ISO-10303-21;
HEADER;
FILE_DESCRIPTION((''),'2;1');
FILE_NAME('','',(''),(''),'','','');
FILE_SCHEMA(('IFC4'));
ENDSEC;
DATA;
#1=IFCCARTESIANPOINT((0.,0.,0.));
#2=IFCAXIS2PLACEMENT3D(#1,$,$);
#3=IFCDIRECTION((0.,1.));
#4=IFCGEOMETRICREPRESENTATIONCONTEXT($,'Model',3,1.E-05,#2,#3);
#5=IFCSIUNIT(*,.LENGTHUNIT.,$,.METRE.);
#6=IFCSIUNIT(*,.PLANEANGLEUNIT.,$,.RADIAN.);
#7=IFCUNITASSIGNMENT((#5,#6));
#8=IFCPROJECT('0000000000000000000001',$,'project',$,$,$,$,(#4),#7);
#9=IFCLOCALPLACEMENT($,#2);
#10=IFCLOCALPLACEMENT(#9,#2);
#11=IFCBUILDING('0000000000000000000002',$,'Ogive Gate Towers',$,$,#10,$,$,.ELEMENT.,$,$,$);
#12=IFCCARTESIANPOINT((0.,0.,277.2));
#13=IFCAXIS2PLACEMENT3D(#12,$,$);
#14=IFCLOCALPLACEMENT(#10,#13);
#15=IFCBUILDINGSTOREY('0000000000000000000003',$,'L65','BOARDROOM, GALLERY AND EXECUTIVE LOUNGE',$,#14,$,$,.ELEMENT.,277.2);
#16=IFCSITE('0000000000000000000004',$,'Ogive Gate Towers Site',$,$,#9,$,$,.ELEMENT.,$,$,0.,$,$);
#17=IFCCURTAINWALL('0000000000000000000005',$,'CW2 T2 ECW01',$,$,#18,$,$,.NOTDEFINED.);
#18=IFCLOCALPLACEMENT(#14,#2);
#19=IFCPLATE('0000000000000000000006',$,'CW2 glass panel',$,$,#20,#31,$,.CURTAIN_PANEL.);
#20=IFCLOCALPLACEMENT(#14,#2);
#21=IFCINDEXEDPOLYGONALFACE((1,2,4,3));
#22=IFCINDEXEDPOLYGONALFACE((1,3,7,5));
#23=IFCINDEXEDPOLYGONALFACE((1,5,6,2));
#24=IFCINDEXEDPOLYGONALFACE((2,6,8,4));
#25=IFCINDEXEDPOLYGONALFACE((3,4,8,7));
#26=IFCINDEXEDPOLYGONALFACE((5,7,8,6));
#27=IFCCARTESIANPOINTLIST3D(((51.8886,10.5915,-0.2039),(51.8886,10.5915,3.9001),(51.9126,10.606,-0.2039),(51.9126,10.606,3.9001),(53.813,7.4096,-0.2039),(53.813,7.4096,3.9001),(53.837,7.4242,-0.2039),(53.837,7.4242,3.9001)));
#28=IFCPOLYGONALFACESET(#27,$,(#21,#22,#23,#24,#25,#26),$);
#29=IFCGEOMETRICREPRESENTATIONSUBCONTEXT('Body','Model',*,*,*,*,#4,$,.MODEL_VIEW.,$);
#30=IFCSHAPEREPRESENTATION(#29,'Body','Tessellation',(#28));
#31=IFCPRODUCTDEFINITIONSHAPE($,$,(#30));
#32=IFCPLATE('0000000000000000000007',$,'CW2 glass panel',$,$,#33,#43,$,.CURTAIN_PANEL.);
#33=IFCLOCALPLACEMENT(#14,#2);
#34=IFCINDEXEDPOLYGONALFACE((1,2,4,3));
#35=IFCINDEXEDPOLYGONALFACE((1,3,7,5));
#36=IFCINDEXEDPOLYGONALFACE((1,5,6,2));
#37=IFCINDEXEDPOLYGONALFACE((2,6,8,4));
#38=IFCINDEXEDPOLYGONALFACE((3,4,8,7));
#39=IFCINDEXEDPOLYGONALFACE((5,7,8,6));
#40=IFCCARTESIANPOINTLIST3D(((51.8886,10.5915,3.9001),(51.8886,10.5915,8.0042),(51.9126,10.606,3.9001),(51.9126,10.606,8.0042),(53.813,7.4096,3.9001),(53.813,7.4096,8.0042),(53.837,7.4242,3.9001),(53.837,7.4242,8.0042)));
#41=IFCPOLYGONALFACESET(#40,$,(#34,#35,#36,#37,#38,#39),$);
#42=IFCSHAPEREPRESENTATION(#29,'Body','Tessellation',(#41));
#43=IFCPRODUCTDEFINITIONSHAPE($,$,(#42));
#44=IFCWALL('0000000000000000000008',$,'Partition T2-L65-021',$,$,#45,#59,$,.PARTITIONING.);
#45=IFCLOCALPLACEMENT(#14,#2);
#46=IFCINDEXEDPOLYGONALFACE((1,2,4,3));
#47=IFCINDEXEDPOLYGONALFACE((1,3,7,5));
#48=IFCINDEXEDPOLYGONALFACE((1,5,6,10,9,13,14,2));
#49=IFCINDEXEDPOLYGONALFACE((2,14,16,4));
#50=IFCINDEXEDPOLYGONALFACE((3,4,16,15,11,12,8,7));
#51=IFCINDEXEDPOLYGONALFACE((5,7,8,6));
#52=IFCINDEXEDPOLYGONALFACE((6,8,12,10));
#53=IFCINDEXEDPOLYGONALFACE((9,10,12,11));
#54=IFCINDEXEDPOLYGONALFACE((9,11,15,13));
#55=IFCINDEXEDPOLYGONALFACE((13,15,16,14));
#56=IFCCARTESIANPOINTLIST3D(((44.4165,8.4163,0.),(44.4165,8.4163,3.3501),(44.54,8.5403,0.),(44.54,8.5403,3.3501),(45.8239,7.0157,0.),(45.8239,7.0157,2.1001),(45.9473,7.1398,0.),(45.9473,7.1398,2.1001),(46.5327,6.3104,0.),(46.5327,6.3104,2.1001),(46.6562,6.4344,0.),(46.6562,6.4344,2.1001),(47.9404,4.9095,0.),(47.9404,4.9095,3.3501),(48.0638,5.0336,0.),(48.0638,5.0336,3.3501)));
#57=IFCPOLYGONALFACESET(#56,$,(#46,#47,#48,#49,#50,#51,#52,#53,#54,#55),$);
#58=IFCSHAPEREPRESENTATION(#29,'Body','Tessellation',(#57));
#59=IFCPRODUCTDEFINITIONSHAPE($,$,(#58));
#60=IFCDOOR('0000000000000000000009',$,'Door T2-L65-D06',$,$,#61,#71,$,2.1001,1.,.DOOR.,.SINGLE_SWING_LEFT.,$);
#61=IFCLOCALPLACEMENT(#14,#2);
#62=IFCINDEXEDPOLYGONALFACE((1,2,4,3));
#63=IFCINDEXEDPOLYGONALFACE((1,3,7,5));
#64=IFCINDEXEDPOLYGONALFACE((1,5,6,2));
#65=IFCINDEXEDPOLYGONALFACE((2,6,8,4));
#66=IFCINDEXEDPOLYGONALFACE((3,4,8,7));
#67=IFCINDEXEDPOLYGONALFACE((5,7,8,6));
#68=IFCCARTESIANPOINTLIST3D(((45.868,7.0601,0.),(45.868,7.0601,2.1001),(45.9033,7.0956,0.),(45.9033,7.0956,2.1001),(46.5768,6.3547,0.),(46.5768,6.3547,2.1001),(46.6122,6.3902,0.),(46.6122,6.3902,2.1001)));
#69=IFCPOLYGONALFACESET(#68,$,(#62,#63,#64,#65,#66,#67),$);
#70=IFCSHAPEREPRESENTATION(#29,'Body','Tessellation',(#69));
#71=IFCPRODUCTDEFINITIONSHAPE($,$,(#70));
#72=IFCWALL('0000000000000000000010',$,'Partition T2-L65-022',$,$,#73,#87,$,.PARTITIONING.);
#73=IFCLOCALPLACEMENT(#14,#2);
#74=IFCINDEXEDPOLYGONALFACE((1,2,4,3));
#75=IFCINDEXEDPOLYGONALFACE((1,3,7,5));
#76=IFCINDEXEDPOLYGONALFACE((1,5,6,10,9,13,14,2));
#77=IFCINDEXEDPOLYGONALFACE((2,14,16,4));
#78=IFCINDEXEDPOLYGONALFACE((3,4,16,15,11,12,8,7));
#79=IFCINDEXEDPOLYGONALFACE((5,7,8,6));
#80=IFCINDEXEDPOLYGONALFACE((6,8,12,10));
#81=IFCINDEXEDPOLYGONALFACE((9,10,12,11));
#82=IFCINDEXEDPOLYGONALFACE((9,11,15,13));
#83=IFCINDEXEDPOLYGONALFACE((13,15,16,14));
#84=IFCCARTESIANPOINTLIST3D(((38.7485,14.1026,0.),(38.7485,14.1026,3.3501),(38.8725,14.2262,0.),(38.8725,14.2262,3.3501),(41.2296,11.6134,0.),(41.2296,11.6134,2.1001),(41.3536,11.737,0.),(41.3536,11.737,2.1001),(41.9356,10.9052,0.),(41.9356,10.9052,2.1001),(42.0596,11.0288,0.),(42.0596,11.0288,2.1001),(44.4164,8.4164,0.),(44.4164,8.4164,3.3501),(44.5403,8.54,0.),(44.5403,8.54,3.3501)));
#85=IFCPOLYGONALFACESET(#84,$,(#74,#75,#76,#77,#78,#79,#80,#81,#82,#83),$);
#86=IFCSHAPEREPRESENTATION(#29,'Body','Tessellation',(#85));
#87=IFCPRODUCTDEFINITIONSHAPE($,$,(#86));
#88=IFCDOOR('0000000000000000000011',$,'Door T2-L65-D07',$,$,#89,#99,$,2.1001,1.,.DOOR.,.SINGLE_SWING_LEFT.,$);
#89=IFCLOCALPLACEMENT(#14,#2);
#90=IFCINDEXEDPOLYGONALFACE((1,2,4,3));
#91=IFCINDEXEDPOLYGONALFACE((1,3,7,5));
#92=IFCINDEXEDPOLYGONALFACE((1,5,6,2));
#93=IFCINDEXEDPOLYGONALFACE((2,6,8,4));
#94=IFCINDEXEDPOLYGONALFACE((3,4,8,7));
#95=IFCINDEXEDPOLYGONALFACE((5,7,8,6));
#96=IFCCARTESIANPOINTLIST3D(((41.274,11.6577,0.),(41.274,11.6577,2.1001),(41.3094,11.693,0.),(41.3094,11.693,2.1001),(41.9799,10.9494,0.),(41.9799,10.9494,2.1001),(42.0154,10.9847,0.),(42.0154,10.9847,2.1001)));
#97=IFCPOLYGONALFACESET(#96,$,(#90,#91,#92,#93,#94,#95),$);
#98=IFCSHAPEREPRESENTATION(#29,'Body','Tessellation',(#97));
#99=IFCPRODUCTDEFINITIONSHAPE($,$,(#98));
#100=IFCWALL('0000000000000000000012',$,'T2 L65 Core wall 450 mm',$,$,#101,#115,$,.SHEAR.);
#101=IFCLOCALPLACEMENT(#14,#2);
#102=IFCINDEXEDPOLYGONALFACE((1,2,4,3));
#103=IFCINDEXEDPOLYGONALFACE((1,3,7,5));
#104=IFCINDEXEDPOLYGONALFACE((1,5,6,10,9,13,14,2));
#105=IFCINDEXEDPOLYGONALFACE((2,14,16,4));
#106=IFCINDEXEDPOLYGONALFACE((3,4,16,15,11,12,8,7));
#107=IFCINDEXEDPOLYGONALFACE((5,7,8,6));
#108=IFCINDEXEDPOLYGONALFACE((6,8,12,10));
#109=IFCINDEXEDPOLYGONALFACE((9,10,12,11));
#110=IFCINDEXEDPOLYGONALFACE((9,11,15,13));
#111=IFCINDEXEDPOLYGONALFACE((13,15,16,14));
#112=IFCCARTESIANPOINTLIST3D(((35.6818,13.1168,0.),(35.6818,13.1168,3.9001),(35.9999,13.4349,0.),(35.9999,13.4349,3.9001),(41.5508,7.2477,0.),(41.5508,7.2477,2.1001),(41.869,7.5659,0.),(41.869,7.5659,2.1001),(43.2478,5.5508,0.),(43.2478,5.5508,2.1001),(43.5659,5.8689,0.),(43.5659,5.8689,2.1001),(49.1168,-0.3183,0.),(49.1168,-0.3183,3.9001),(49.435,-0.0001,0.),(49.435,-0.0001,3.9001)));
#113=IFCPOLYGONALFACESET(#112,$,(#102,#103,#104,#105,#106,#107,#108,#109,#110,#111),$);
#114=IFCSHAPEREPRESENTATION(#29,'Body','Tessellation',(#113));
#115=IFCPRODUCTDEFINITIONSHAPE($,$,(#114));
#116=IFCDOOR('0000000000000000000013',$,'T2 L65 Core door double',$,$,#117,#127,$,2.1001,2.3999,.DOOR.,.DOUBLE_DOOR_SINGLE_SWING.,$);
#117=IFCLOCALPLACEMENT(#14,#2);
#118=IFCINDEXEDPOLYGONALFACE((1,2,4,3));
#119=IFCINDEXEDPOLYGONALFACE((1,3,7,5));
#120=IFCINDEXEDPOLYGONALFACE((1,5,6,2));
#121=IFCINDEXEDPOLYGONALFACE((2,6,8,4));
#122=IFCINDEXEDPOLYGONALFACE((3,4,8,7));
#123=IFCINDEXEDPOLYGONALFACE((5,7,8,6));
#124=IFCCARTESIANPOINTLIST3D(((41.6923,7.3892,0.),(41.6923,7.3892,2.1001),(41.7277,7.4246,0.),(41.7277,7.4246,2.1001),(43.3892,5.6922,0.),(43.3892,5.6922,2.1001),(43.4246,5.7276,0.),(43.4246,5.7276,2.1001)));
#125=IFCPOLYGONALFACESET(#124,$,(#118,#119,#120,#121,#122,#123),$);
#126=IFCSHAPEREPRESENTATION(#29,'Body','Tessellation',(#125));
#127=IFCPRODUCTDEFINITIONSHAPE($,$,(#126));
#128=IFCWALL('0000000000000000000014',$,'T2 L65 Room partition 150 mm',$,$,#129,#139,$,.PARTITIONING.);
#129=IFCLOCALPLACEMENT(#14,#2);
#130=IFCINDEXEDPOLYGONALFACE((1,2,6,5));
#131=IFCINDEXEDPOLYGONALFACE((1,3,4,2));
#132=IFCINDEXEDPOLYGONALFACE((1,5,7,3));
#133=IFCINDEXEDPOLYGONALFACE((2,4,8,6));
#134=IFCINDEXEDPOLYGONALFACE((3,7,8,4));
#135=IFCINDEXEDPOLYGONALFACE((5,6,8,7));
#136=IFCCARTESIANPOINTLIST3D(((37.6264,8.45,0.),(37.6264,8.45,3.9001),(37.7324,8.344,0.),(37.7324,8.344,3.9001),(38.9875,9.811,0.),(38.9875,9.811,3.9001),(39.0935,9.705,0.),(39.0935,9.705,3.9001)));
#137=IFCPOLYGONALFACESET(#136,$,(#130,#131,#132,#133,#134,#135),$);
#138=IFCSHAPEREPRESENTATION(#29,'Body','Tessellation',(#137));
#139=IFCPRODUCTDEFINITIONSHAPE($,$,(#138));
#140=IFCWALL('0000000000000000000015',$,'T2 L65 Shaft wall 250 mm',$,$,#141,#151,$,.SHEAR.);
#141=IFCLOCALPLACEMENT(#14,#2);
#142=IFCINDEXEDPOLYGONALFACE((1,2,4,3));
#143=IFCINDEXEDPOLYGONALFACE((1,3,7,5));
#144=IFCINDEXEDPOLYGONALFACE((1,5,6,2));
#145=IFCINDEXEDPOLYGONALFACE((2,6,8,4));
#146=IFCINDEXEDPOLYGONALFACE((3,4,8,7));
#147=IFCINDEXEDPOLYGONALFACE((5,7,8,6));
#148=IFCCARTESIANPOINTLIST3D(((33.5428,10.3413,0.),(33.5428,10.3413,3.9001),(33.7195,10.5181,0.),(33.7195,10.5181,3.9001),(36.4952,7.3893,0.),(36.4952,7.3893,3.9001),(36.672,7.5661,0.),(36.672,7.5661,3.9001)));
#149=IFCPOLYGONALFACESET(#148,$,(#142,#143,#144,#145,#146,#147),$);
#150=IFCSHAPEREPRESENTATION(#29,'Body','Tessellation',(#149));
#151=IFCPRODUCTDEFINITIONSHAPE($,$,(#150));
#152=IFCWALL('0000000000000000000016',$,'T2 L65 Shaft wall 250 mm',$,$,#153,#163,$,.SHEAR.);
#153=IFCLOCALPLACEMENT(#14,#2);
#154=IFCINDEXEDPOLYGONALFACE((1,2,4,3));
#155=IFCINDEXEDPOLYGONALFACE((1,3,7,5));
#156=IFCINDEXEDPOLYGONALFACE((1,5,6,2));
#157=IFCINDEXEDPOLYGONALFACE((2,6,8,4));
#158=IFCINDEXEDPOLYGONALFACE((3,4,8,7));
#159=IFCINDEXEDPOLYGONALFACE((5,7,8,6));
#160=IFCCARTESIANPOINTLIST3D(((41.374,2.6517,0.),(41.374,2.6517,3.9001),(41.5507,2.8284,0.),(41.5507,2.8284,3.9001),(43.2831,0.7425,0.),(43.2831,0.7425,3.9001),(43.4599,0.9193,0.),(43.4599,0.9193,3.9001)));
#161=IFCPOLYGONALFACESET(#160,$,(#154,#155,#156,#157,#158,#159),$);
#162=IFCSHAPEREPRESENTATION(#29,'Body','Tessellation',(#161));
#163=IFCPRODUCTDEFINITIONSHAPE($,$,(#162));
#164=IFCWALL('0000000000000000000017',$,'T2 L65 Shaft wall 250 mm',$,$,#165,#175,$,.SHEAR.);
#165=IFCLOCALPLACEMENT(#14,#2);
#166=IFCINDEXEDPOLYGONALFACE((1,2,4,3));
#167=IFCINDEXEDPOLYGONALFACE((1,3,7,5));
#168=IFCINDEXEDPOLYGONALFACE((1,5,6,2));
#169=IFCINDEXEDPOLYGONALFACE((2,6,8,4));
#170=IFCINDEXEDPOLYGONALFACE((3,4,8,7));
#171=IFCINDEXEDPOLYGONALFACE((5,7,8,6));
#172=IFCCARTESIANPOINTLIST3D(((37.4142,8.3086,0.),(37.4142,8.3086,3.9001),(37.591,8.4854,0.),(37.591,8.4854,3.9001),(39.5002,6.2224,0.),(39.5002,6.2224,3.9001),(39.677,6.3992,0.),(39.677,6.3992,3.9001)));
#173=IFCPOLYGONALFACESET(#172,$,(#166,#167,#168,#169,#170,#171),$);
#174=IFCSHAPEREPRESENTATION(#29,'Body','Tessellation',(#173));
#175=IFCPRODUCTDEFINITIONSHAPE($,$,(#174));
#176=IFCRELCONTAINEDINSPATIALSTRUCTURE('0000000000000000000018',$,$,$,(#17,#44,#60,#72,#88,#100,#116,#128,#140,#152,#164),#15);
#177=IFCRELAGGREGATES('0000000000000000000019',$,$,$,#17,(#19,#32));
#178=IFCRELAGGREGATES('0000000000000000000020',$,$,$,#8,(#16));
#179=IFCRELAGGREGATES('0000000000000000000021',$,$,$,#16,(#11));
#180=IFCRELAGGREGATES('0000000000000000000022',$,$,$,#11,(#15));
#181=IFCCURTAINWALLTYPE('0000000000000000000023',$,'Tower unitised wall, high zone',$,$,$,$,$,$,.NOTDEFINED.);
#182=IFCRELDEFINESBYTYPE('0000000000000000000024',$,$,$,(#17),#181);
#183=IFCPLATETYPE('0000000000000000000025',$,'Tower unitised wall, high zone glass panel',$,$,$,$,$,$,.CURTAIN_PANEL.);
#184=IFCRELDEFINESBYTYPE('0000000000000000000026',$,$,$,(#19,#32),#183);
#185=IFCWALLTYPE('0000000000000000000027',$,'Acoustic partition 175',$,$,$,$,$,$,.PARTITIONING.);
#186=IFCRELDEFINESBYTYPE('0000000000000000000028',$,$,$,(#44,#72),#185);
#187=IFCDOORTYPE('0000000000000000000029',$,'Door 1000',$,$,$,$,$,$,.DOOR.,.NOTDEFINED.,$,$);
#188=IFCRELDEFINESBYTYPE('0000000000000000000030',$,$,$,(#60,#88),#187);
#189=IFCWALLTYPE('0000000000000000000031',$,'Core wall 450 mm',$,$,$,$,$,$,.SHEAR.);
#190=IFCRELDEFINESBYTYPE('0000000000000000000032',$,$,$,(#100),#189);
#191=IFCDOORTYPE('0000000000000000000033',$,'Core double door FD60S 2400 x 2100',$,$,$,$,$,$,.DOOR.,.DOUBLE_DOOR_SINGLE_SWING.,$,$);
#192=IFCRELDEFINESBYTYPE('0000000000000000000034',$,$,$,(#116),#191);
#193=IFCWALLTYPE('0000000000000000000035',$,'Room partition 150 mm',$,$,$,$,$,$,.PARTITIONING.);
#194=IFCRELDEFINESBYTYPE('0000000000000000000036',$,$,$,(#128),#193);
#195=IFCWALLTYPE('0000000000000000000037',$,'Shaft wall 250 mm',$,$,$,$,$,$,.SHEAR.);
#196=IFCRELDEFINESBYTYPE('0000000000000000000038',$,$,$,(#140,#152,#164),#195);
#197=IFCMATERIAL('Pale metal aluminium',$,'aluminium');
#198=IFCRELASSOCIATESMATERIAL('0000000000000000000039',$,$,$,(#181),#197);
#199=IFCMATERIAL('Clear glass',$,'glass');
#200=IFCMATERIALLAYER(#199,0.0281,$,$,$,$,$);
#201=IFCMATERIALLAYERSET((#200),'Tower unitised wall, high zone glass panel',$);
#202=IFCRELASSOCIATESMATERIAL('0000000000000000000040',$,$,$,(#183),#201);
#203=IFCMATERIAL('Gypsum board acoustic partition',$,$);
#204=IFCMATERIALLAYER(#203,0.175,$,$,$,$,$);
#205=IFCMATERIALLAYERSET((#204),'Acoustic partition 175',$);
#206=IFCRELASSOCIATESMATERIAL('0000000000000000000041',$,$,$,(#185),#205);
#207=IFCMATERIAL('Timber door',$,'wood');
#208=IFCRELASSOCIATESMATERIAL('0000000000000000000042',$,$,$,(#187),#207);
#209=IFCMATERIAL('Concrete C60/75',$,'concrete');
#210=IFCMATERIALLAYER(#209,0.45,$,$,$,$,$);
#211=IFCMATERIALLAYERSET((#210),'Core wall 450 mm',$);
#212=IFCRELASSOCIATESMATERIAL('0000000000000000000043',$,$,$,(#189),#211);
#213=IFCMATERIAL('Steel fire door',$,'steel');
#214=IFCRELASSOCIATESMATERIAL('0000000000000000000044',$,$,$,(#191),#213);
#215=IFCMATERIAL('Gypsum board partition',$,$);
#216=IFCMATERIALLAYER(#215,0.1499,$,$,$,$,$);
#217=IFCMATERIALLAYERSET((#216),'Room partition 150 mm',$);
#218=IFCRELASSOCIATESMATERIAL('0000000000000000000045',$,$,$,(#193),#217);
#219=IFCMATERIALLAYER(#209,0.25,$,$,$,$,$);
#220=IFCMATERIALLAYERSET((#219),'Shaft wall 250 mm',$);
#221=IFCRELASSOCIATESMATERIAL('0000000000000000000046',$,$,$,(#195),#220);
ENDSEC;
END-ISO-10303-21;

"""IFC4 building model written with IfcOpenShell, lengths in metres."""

from ifc_helpers import new_model, si_unit, direction, frame, frame_2d, origin, origin_2d, place, context, subcontext, project, spatial, rectangle, extrude, material, layer, layer_set, type_object, element, fill, aggregate, save


model = new_model("IFC4")

# Units and contexts
model_context = context("Model", 3, precision=1e-05, world=origin(), true_north=direction((0.0, 1.0)))
body_context = subcontext(model_context, "Body", "Model", "MODEL_VIEW")
ifc_project = project(units=[si_unit("LENGTHUNIT", "METRE"), si_unit("PLANEANGLEUNIT", "RADIAN")], contexts=[model_context])

# Site, building, storey
site_placement = place(None, origin())
site = spatial("IfcSite", under=ifc_project, at=site_placement, Name="Ogive Gate Towers Site", CompositionType="ELEMENT", RefElevation=0.0)
building_placement = place(site_placement, origin())
building = spatial("IfcBuilding", under=site, at=building_placement, Name="Ogive Gate Towers", CompositionType="ELEMENT")
storey_placement = place(building_placement, frame((0.0, 0.0, 277.2)))
storey = spatial("IfcBuildingStorey", under=building, at=storey_placement, Name="L65", Description="BOARDROOM, GALLERY AND EXECUTIVE LOUNGE", CompositionType="ELEMENT", Elevation=277.2)

# Curtain wall, plates
ifc_material_1 = material(Name="Pale metal aluminium", Category="aluminium")
curtain_wall_type = type_object("IfcCurtainWallType", Name="Tower unitised wall, high zone", PredefinedType="NOTDEFINED", material=ifc_material_1)
curtain_wall_placement = place(storey_placement, origin())
curtain_wall = element("IfcCurtainWall", 1, at=curtain_wall_placement, inside=storey, type_object=curtain_wall_type, Name="CW2 T2 ECW01", PredefinedType="NOTDEFINED")
ifc_material_2 = material(Name="Clear glass", Category="glass")
ifc_layer_1 = layer(ifc_material_2, 0.0281)
ifc_layer_set_1 = layer_set([ifc_layer_1], Name="Tower unitised wall, high zone glass panel")
plate_type = type_object("IfcPlateType", Name="Tower unitised wall, high zone glass panel", PredefinedType="CURTAIN_PANEL", material=ifc_layer_set_1)
plate_1_placement = place(storey_placement, frame((52.8628, 9.0078, -0.2039), z_axis=(0.0, 0.0, 1.0), x_axis=(-0.517519, 0.855672, 0.0)))
plate_1 = element("IfcPlate", 2, at=plate_1_placement, type_object=plate_type, Name="CW2 glass panel", PredefinedType="CURTAIN_PANEL", context=body_context, shape_type="SweptSolid", body=[
    extrude(rectangle(XDim=3.7185, YDim=0.0281, at=origin_2d()), origin(), (0.0, 0.0, 1.0), 4.104),
])
plate_2_placement = place(storey_placement, frame((52.8628, 9.0078, 3.9001), z_axis=(0.0, 0.0, 1.0), x_axis=(-0.517519, 0.855672, 0.0)))
plate_2 = element("IfcPlate", 3, at=plate_2_placement, type_object=plate_type, Name="CW2 glass panel", PredefinedType="CURTAIN_PANEL", context=body_context, shape_type="SweptSolid", body=[
    extrude(rectangle(XDim=3.7185, YDim=0.0281, at=origin_2d()), origin(), (0.0, 0.0, 1.0), 4.104),
])
aggregate(curtain_wall, [plate_1, plate_2])

# Walls, openings, doors
ifc_material_3 = material(Name="Gypsum board acoustic partition")
ifc_layer_2 = layer(ifc_material_3, 0.175)
ifc_layer_set_2 = layer_set([ifc_layer_2], Name="Acoustic partition 175")
wall_type_1 = type_object("IfcWallType", Name="Acoustic partition 175", PredefinedType="PARTITIONING", material=ifc_layer_set_2)
wall_1_placement = place(storey_placement, frame((48.0022, 4.9714, 0.0), z_axis=(0.0, 0.0, 1.0), x_axis=(-0.708823, 0.705386, 0.0)))
wall_1 = element("IfcWall", 4, at=wall_1_placement, inside=storey, type_object=wall_type_1, Name="Partition T2-L65-021", PredefinedType="PARTITIONING", context=body_context, shape_type="SweptSolid", body=[
    extrude(rectangle(XDim=4.9714, YDim=0.175, at=frame_2d((2.4858, 0.0))), origin(), (0.0, 0.0, 1.0), 3.3501),
])
opening_1_placement = place(wall_1_placement, frame((1.9861, 0.0, 0.0)))
opening_1 = element("IfcOpeningElement", 5, at=opening_1_placement, cuts=wall_1, PredefinedType="OPENING", context=body_context, shape_type="SweptSolid", body=[
    extrude(rectangle(XDim=1.0, YDim=2.1001, at=frame_2d((0.5, 1.05))), frame((0.0, 0.0977, 0.0), z_axis=(0.0, -1.0, 0.0), x_axis=(1.0, 0.0, 0.0)), (0.0, 0.0, 1.0), 0.1951),
])
ifc_material_4 = material(Name="Timber door", Category="wood")
door_type_1 = type_object("IfcDoorType", Name="Door 1000", OperationType="NOTDEFINED", PredefinedType="DOOR", material=ifc_material_4)
door_1_placement = place(opening_1_placement, origin())
door_1 = element("IfcDoor", 6, at=door_1_placement, inside=storey, type_object=door_type_1, Name="Door T2-L65-D06", OperationType="SINGLE_SWING_LEFT", OverallHeight=2.1001, OverallWidth=1.0, PredefinedType="DOOR", context=body_context, shape_type="SweptSolid", body=[
    extrude(rectangle(XDim=1.0, YDim=2.1001, at=frame_2d((0.5, 1.05))), frame((0.0, 0.0249, 0.0), z_axis=(0.0, -1.0, 0.0), x_axis=(1.0, 0.0, 0.0)), (0.0, 0.0, 1.0), 0.05),
])
fill(opening_1, door_1)
wall_2_placement = place(storey_placement, frame((44.4783, 8.4783, 0.0), z_axis=(0.0, 0.0, 1.0), x_axis=(-0.705966, 0.708246, 0.0)))
wall_2 = element("IfcWall", 7, at=wall_2_placement, inside=storey, type_object=wall_type_1, Name="Partition T2-L65-022", PredefinedType="PARTITIONING", context=body_context, shape_type="SweptSolid", body=[
    extrude(rectangle(XDim=8.0286, YDim=0.175, at=frame_2d((4.0142, 0.0))), origin(), (0.0, 0.0, 1.0), 3.3501),
])
opening_2_placement = place(wall_2_placement, frame((3.5139, 0.0, 0.0)))
opening_2 = element("IfcOpeningElement", 8, at=opening_2_placement, cuts=wall_2, PredefinedType="OPENING", context=body_context, shape_type="SweptSolid", body=[
    extrude(rectangle(XDim=1.0, YDim=2.1001, at=frame_2d((0.5, 1.05))), frame((0.0, 0.0977, 0.0), z_axis=(0.0, -1.0, 0.0), x_axis=(1.0, 0.0, 0.0)), (0.0, 0.0, 1.0), 0.1951),
])
door_2_placement = place(opening_2_placement, origin())
door_2 = element("IfcDoor", 9, at=door_2_placement, inside=storey, type_object=door_type_1, Name="Door T2-L65-D07", OperationType="SINGLE_SWING_LEFT", OverallHeight=2.1001, OverallWidth=1.0, PredefinedType="DOOR", context=body_context, shape_type="SweptSolid", body=[
    extrude(rectangle(XDim=1.0, YDim=2.1001, at=frame_2d((0.5, 1.05))), frame((0.0, 0.0249, 0.0), z_axis=(0.0, -1.0, 0.0), x_axis=(1.0, 0.0, 0.0)), (0.0, 0.0, 1.0), 0.05),
])
fill(opening_2, door_2)
ifc_material_5 = material(Name="Concrete C60/75", Category="concrete")
ifc_layer_3 = layer(ifc_material_5, 0.45)
ifc_layer_set_3 = layer_set([ifc_layer_3], Name="Core wall 450 mm")
wall_type_2 = type_object("IfcWallType", Name="Core wall 450 mm", PredefinedType="SHEAR", material=ifc_layer_set_3)
wall_3_placement = place(storey_placement, frame((49.2759, -0.1592, 0.0), z_axis=(0.0, 0.0, 1.0), x_axis=(-0.707107, 0.707107, 0.0)))
wall_3 = element("IfcWall", 10, at=wall_3_placement, inside=storey, type_object=wall_type_2, Name="T2 L65 Core wall 450 mm", PredefinedType="SHEAR", context=body_context, shape_type="SweptSolid", body=[
    extrude(rectangle(XDim=19.0, YDim=0.45, at=frame_2d((9.5, 0.0))), origin(), (0.0, 0.0, 1.0), 3.9001),
])
opening_3_placement = place(wall_3_placement, frame((8.3, 0.0, 0.0)))
opening_3 = element("IfcOpeningElement", 11, at=opening_3_placement, cuts=wall_3, PredefinedType="OPENING", context=body_context, shape_type="SweptSolid", body=[
    extrude(rectangle(XDim=2.3999, YDim=2.1001, at=frame_2d((1.2, 1.05))), frame((0.0, 0.2349, 0.0), z_axis=(0.0, -1.0, 0.0), x_axis=(1.0, 0.0, 0.0)), (0.0, 0.0, 1.0), 0.47),
])
ifc_material_6 = material(Name="Steel fire door", Category="steel")
door_type_2 = type_object("IfcDoorType", Name="Core double door FD60S 2400 x 2100", OperationType="DOUBLE_DOOR_SINGLE_SWING", PredefinedType="DOOR", material=ifc_material_6)
door_3_placement = place(opening_3_placement, origin())
door_3 = element("IfcDoor", 12, at=door_3_placement, inside=storey, type_object=door_type_2, Name="T2 L65 Core door double", OperationType="DOUBLE_DOOR_SINGLE_SWING", OverallHeight=2.1001, OverallWidth=2.3999, PredefinedType="DOOR", context=body_context, shape_type="SweptSolid", body=[
    extrude(rectangle(XDim=2.3999, YDim=2.1001, at=frame_2d((1.2, 1.05))), frame((0.0, 0.0249, 0.0), z_axis=(0.0, -1.0, 0.0), x_axis=(1.0, 0.0, 0.0)), (0.0, 0.0, 1.0), 0.05),
])
fill(opening_3, door_3)

# Walls
ifc_material_7 = material(Name="Gypsum board partition")
ifc_layer_4 = layer(ifc_material_7, 0.1499)
ifc_layer_set_4 = layer_set([ifc_layer_4], Name="Room partition 150 mm")
wall_type_3 = type_object("IfcWallType", Name="Room partition 150 mm", PredefinedType="PARTITIONING", material=ifc_layer_set_4)
wall_4_placement = place(storey_placement, frame((37.6794, 8.397, 0.0), z_axis=(0.0, 0.0, 1.0), x_axis=(0.707107, 0.707107, 0.0)))
element("IfcWall", 13, at=wall_4_placement, inside=storey, type_object=wall_type_3, Name="T2 L65 Room partition 150 mm", PredefinedType="PARTITIONING", context=body_context, shape_type="SweptSolid", body=[
    extrude(rectangle(XDim=1.9248, YDim=0.1499, at=frame_2d((0.9624, 0.0))), origin(), (0.0, 0.0, 1.0), 3.9001),
])
ifc_layer_5 = layer(ifc_material_5, 0.25)
ifc_layer_set_5 = layer_set([ifc_layer_5], Name="Shaft wall 250 mm")
wall_type_4 = type_object("IfcWallType", Name="Shaft wall 250 mm", PredefinedType="SHEAR", material=ifc_layer_set_5)
wall_5_placement = place(storey_placement, frame((36.5835, 7.4778, 0.0), z_axis=(0.0, 0.0, 1.0), x_axis=(-0.707165, 0.707048, 0.0)))
element("IfcWall", 14, at=wall_5_placement, inside=storey, type_object=wall_type_4, Name="T2 L65 Shaft wall 250 mm", PredefinedType="SHEAR", context=body_context, shape_type="SweptSolid", body=[
    extrude(rectangle(XDim=4.175, YDim=0.25, at=frame_2d((2.0874, 0.0))), origin(), (0.0, 0.0, 1.0), 3.9001),
])
wall_6_placement = place(storey_placement, frame((43.3716, 0.8308, 0.0), z_axis=(0.0, 0.0, 1.0), x_axis=(-0.707107, 0.707107, 0.0)))
element("IfcWall", 15, at=wall_6_placement, inside=storey, type_object=wall_type_4, Name="T2 L65 Shaft wall 250 mm", PredefinedType="SHEAR", context=body_context, shape_type="SweptSolid", body=[
    extrude(rectangle(XDim=2.7, YDim=0.25, at=frame_2d((1.3501, 0.0))), origin(), (0.0, 0.0, 1.0), 3.9001),
])
wall_7_placement = place(storey_placement, frame((39.5886, 6.3108, 0.0), z_axis=(0.0, 0.0, 1.0), x_axis=(-0.707065, 0.707148, 0.0)))
element("IfcWall", 16, at=wall_7_placement, inside=storey, type_object=wall_type_4, Name="T2 L65 Shaft wall 250 mm", PredefinedType="SHEAR", context=body_context, shape_type="SweptSolid", body=[
    extrude(rectangle(XDim=2.9502, YDim=0.25, at=frame_2d((1.4751, 0.0))), origin(), (0.0, 0.0, 1.0), 3.9001),
])

save(model, "model.ifc")
